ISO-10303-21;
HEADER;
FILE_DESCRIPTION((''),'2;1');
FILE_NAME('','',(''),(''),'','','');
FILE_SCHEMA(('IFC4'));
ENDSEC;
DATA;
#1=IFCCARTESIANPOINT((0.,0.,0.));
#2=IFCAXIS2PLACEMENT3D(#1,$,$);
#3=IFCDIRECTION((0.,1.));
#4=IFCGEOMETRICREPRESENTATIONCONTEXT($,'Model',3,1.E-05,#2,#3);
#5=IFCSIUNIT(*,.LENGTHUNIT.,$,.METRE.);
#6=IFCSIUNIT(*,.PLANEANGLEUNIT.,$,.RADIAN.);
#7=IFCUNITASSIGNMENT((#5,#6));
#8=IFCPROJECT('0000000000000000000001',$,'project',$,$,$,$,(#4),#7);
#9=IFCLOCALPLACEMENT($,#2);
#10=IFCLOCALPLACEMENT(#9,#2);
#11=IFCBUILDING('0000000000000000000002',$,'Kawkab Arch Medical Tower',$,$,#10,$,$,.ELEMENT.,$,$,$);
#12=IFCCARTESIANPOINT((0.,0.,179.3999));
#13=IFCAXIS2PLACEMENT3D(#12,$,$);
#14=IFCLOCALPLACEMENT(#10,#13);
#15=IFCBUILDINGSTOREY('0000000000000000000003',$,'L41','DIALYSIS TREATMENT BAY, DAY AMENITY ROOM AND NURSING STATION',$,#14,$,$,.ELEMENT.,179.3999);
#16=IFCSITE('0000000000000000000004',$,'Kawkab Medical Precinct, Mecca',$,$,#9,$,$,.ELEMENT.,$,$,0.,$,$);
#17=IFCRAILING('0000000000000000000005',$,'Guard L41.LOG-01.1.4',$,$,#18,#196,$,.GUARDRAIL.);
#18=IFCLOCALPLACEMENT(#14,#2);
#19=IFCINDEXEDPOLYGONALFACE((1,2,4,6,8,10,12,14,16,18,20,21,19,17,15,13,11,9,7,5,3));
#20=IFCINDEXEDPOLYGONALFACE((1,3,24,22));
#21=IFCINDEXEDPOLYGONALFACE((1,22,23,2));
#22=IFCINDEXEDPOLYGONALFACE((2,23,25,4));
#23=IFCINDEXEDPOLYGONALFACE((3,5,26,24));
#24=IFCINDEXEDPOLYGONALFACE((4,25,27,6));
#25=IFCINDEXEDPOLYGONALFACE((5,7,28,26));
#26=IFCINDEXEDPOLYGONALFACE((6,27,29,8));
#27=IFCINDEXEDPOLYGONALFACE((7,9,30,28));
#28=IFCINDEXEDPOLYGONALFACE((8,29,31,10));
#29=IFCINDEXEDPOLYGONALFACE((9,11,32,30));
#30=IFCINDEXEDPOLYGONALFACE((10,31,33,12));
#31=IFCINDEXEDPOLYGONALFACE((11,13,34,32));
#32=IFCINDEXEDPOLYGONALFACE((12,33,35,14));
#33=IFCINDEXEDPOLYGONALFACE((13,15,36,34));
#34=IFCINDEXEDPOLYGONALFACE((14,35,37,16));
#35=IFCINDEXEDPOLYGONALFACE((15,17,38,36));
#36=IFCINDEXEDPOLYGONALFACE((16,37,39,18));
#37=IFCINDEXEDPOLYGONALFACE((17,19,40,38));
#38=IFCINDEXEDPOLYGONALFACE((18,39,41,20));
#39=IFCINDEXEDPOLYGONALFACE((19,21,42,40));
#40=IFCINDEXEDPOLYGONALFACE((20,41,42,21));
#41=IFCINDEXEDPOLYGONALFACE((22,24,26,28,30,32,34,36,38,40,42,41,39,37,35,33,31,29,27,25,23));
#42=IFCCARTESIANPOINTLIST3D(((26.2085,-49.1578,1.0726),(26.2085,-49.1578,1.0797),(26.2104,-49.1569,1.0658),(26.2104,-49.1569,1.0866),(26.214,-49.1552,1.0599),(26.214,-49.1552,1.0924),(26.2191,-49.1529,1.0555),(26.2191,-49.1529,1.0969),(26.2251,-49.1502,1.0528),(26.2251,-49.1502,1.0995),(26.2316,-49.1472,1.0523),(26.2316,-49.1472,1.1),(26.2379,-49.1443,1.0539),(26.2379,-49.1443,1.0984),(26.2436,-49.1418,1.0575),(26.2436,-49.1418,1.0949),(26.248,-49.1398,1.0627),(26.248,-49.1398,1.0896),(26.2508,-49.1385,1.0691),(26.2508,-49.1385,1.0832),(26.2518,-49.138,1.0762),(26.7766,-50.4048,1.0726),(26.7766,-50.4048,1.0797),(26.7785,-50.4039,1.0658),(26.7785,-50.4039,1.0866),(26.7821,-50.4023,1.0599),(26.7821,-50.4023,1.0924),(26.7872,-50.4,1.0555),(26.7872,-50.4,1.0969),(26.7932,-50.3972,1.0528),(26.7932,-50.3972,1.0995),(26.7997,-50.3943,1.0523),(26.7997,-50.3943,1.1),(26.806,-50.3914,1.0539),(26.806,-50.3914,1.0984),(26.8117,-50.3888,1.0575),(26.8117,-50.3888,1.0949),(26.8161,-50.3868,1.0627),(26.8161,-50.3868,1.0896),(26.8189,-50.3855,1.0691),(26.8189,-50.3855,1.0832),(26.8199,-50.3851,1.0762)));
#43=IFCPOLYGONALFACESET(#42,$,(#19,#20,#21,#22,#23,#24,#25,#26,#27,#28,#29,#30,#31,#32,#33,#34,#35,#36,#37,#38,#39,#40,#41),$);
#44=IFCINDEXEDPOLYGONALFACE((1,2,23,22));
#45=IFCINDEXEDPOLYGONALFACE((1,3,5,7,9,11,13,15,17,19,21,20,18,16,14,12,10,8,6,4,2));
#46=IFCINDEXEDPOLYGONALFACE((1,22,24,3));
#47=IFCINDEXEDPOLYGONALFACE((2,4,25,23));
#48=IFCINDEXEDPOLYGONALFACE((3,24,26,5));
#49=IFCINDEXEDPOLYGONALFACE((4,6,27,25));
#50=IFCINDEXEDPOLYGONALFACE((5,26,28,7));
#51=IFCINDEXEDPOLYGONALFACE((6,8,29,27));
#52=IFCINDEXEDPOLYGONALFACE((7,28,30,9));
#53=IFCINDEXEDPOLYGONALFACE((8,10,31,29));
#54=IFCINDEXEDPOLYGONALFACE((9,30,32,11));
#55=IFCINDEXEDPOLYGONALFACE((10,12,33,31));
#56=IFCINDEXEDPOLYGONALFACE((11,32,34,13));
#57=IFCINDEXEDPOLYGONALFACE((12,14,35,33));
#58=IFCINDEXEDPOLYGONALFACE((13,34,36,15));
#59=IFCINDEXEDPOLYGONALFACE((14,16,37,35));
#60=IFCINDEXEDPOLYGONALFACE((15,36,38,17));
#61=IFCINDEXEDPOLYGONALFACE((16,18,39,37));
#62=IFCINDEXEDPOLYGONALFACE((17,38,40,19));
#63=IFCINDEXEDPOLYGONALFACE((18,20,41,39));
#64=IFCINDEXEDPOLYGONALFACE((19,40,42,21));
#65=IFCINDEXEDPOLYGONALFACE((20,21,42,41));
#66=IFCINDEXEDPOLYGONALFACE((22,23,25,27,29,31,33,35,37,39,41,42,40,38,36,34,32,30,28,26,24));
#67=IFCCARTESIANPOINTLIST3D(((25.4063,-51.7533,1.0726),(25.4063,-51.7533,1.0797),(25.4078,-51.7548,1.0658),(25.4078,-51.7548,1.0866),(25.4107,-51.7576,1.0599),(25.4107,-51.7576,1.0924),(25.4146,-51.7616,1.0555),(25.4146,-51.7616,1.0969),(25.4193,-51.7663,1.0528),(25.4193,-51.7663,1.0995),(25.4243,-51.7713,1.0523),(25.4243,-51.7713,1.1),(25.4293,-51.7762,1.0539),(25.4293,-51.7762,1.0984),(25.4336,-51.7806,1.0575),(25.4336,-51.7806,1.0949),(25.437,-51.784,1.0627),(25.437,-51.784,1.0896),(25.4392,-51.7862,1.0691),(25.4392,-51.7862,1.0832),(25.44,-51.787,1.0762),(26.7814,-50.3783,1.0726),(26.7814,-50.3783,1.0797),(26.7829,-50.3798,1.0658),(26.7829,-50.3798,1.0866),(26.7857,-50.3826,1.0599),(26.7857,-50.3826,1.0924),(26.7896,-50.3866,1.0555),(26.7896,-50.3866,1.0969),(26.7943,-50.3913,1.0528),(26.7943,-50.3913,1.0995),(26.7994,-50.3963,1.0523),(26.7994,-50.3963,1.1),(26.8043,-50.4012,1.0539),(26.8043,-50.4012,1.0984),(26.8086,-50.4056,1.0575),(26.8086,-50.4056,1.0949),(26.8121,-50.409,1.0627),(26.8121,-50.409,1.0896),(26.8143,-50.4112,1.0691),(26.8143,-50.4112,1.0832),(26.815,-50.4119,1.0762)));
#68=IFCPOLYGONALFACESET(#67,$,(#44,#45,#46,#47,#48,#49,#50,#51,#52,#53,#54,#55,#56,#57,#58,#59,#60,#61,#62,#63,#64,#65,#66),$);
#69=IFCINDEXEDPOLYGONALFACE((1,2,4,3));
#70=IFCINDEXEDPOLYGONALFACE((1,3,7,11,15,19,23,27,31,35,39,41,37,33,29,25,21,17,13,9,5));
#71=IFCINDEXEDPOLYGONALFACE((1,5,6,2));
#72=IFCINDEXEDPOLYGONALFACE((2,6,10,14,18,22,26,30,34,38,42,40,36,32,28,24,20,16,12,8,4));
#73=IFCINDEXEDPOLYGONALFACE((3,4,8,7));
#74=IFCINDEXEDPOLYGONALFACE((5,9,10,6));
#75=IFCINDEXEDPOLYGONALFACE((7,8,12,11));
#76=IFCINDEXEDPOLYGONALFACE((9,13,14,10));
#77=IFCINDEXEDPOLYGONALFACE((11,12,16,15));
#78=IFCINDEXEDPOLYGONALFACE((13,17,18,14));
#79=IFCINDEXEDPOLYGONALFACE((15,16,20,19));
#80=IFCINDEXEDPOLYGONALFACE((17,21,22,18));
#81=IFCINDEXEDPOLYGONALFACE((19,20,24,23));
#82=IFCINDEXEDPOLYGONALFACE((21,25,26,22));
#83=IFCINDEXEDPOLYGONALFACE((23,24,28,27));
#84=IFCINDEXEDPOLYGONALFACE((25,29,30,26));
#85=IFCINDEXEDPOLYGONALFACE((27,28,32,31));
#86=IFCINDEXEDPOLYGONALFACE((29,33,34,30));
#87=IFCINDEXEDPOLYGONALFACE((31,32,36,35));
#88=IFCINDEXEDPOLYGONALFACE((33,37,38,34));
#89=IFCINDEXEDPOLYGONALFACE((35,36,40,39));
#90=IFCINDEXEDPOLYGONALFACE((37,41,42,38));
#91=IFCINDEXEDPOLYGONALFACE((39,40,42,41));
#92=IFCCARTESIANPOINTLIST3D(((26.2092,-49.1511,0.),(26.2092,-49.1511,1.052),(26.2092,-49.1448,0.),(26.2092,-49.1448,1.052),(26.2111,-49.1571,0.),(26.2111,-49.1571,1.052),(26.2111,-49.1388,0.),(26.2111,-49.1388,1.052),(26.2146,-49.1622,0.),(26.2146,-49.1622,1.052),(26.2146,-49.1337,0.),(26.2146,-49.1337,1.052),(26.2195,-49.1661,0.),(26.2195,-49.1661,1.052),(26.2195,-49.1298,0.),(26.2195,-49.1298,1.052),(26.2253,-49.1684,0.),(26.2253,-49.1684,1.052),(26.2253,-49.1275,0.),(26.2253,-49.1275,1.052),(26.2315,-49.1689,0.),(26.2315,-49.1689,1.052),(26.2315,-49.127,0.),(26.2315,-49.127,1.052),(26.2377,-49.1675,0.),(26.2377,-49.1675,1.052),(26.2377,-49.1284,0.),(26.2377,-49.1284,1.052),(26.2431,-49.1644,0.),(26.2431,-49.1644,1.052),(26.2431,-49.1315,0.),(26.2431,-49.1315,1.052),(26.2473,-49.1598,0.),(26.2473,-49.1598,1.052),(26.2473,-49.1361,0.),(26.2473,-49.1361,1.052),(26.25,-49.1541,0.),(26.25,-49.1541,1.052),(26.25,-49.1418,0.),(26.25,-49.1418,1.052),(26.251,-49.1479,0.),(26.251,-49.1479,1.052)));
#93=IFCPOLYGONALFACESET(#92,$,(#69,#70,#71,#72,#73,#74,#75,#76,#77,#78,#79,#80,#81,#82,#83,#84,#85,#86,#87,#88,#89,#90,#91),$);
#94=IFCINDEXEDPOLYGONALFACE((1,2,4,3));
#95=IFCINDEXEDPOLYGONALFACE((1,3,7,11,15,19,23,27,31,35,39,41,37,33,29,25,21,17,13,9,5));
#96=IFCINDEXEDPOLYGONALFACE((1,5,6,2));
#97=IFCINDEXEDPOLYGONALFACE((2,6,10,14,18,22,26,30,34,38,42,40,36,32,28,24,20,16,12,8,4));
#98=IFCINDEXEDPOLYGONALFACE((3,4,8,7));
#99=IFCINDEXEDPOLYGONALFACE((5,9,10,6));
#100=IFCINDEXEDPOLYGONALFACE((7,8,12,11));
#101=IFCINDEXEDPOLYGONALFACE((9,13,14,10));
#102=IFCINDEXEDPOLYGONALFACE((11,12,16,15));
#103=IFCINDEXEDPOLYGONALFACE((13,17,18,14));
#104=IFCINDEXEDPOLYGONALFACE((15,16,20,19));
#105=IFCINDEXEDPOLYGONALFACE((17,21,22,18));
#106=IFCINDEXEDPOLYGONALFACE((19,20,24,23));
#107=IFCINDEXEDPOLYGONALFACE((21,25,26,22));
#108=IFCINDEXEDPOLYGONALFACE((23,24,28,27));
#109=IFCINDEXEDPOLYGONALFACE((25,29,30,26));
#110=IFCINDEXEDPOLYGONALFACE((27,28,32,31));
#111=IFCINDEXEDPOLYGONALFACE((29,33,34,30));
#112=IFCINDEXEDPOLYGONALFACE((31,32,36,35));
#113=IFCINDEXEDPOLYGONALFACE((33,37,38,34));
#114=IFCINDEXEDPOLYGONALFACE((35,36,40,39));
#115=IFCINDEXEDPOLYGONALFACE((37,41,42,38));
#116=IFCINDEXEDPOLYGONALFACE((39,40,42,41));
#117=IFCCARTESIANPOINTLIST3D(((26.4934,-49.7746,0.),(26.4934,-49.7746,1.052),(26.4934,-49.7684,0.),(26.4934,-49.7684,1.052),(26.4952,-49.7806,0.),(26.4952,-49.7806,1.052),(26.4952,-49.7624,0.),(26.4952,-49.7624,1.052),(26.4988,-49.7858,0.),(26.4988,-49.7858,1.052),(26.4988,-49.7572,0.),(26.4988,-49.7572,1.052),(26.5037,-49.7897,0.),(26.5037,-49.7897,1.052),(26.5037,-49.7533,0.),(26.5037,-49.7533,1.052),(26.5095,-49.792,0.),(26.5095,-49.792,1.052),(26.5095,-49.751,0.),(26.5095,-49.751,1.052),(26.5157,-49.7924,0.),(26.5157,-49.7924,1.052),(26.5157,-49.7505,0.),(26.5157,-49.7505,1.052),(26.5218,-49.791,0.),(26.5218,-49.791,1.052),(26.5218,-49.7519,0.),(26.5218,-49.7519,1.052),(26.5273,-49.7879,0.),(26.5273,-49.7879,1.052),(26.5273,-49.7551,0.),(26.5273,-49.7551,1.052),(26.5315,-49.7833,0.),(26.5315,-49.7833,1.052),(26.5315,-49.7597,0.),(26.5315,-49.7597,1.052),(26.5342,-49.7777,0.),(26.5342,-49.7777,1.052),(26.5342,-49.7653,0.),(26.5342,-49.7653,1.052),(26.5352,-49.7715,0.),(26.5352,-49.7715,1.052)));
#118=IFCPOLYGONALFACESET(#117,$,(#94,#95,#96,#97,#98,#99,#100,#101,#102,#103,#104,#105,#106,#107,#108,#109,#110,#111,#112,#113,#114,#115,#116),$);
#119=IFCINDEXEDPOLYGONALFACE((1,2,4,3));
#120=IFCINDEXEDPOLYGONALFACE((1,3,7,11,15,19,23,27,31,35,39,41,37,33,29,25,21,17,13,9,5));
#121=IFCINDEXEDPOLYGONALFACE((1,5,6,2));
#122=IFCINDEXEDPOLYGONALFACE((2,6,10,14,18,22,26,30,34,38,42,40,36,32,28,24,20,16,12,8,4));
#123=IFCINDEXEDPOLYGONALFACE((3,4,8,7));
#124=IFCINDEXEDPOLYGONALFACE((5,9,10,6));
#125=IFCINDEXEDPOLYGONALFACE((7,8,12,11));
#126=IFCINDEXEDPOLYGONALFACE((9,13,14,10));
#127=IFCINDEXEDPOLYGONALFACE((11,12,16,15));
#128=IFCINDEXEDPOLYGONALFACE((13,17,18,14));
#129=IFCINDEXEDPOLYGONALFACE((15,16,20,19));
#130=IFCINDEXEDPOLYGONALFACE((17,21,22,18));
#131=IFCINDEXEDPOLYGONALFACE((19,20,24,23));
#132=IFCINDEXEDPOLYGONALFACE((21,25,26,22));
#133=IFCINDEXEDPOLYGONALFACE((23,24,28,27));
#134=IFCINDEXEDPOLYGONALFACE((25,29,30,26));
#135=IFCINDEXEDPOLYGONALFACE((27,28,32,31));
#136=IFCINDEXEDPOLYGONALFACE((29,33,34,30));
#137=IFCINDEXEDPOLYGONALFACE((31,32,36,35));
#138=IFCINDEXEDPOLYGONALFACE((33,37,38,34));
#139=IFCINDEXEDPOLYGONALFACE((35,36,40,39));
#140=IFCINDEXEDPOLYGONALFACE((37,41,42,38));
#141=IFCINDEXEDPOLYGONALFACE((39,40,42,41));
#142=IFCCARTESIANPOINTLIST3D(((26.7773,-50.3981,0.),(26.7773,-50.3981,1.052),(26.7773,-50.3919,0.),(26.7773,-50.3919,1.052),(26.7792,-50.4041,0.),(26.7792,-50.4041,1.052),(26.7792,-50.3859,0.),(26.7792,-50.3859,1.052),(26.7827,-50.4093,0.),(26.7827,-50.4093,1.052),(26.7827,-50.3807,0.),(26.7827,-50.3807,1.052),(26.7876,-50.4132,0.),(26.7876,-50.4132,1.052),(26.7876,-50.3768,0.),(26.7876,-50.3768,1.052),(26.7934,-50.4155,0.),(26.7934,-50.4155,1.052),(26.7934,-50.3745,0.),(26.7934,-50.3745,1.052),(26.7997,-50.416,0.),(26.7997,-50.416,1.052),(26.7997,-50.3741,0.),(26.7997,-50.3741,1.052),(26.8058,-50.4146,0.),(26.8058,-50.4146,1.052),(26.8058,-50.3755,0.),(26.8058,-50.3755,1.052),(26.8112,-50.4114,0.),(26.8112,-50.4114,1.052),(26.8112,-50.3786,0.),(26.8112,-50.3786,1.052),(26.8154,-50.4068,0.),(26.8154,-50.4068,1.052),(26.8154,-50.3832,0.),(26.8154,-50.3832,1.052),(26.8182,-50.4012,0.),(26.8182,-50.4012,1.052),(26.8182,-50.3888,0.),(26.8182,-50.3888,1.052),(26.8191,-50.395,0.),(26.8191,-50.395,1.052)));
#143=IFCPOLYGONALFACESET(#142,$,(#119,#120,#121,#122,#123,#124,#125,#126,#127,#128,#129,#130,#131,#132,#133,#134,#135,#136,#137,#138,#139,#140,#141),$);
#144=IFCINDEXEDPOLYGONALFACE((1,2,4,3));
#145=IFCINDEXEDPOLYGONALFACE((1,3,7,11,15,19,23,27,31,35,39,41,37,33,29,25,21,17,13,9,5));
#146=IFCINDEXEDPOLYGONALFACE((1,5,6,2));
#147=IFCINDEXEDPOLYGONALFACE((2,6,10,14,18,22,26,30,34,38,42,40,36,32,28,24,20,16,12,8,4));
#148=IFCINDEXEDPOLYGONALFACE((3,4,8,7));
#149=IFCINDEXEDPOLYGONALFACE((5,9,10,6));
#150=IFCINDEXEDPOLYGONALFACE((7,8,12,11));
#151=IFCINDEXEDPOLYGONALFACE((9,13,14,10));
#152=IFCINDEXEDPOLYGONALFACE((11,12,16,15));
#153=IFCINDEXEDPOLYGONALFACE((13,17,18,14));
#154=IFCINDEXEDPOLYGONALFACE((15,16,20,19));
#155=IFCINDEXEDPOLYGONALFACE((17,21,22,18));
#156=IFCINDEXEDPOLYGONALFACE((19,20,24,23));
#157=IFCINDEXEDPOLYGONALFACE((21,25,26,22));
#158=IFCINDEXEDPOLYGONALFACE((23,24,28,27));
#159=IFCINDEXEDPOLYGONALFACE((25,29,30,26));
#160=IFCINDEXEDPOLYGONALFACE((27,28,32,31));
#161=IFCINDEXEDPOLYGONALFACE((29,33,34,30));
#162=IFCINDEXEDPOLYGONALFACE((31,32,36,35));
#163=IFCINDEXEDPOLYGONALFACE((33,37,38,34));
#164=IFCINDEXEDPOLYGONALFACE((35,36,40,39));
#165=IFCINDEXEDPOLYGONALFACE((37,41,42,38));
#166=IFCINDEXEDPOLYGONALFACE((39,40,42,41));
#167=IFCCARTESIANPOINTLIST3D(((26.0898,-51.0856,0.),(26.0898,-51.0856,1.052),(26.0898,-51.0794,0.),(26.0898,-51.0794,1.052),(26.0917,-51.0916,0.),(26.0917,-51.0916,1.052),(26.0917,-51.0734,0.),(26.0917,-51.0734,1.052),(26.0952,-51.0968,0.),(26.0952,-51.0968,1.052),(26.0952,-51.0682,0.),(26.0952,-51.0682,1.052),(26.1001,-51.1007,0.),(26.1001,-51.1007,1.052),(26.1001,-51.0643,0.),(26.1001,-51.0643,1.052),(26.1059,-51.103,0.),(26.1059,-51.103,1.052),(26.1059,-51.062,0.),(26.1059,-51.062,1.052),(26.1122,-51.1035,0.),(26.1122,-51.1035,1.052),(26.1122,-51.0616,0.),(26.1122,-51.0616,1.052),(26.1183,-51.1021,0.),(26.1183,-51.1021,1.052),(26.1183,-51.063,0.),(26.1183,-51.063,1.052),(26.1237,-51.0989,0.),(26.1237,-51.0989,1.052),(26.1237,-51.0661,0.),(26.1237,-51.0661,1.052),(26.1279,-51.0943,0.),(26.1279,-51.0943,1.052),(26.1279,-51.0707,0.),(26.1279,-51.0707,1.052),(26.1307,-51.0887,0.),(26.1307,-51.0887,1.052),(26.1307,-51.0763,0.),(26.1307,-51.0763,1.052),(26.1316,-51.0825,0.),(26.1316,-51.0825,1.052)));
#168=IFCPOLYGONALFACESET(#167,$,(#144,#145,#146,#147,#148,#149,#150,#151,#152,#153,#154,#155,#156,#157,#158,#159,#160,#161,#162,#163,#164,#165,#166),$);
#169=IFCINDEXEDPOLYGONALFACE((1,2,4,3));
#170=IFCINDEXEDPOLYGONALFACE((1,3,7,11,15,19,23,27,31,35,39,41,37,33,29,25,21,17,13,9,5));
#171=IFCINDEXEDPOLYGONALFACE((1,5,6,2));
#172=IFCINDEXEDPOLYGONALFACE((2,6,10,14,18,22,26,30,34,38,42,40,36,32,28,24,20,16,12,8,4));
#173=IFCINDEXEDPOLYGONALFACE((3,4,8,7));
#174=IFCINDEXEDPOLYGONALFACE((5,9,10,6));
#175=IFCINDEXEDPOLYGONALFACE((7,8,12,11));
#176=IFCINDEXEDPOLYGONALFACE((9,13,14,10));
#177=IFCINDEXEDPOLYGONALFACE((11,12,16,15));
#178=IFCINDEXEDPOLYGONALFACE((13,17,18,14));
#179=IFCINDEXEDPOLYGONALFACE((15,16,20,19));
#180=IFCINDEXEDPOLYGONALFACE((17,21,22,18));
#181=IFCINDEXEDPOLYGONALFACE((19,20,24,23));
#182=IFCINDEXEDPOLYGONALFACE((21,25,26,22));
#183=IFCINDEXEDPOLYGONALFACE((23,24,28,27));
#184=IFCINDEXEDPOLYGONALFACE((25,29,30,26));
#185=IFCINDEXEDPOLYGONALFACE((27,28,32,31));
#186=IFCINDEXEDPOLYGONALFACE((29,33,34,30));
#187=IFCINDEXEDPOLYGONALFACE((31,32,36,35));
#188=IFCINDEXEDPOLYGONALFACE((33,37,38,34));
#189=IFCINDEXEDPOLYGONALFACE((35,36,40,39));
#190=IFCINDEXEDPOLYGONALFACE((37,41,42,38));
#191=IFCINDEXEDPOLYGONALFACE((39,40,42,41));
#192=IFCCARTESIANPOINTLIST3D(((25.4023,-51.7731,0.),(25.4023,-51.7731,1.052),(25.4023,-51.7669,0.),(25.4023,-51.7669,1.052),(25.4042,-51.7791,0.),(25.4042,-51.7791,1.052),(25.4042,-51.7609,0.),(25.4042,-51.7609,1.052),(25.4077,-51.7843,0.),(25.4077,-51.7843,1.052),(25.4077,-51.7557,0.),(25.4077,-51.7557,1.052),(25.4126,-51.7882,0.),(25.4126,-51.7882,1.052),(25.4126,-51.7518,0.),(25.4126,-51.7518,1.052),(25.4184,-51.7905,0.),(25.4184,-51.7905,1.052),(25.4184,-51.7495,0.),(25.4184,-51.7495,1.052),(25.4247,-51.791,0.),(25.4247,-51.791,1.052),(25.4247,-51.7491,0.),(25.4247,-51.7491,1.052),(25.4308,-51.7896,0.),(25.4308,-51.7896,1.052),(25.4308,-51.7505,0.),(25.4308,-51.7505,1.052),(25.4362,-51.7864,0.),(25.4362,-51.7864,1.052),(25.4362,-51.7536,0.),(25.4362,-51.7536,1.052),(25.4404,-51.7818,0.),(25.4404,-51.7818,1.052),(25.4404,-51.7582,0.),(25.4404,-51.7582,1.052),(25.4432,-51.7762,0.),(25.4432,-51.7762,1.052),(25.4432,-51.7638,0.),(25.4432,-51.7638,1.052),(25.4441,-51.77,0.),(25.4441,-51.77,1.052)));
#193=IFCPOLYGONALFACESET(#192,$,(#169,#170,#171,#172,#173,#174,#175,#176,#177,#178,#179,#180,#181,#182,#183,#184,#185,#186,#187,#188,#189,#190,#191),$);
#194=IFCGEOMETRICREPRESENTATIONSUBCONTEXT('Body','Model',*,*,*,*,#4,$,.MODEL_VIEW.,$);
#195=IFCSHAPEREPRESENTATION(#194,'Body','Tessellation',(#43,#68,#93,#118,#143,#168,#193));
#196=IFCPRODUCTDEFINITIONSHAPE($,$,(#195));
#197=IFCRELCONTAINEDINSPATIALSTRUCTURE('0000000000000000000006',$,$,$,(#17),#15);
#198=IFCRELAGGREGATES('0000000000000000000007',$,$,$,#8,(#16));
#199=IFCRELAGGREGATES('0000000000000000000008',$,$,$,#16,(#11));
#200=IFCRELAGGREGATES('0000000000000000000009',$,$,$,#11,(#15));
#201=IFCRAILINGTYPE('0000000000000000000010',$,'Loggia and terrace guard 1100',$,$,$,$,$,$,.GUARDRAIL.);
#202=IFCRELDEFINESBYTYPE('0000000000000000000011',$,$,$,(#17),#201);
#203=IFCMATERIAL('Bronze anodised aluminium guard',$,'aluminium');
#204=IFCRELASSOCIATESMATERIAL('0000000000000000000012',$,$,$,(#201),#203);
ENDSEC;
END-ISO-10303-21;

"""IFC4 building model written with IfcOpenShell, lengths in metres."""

from ifc_helpers import new_model, si_unit, direction, frame, origin, origin_2d, place, context, subcontext, project, spatial, circle, extrude, material, type_object, element, save


model = new_model("IFC4")

# Units and contexts
model_context = context("Model", 3, precision=1e-05, world=origin(), true_north=direction((0.0, 1.0)))
body_context = subcontext(model_context, "Body", "Model", "MODEL_VIEW")
ifc_project = project(units=[si_unit("LENGTHUNIT", "METRE"), si_unit("PLANEANGLEUNIT", "RADIAN")], contexts=[model_context])

# Site, building, storey
site_placement = place(None, origin())
site = spatial("IfcSite", under=ifc_project, at=site_placement, Name="Kawkab Medical Precinct, Mecca", CompositionType="ELEMENT", RefElevation=0.0)
building_placement = place(site_placement, origin())
building = spatial("IfcBuilding", under=site, at=building_placement, Name="Kawkab Arch Medical Tower", CompositionType="ELEMENT")
storey_placement = place(building_placement, frame((0.0, 0.0, 179.3999)))
storey = spatial("IfcBuildingStorey", under=building, at=storey_placement, Name="L41", Description="DIALYSIS TREATMENT BAY, DAY AMENITY ROOM AND NURSING STATION", CompositionType="ELEMENT", Elevation=179.3999)

# Railing
ifc_material_1 = material(Name="Bronze anodised aluminium guard", Category="aluminium")
railing_type_1 = type_object("IfcRailingType", Name="Loggia and terrace guard 1100", PredefinedType="GUARDRAIL", material=ifc_material_1)
railing_1_placement = place(storey_placement, frame((26.23, -49.1479, 0.0)))
element("IfcRailing", 1, at=railing_1_placement, inside=storey, type_object=railing_type_1, Name="Guard L41.LOG-01.1.4", PredefinedType="GUARDRAIL", context=body_context, shape_type="SweptSolid", body=[
    extrude(circle(Radius=0.0239, at=origin_2d()), frame((0.0, 0.0, 1.0762), z_axis=(0.414568, -0.910018, 0.0), x_axis=(0.910018, 0.414568, 0.0)), (0.0, 0.0, 1.0), 1.3704),
    extrude(circle(Radius=0.0239, at=origin_2d()), frame((0.5681, -1.2471, 1.0762), z_axis=(-0.707107, -0.707107, 0.0), x_axis=(0.707107, -0.707107, 0.0)), (0.0, 0.0, 1.0), 1.9446),
    extrude(circle(Radius=0.021, at=origin_2d()), origin(), (0.0, 0.0, 1.0), 1.052),
    extrude(circle(Radius=0.021, at=origin_2d()), frame((0.2842, -0.6235, 0.0)), (0.0, 0.0, 1.0), 1.052),
    extrude(circle(Radius=0.021, at=origin_2d()), frame((0.5681, -1.2471, 0.0)), (0.0, 0.0, 1.0), 1.052),
    extrude(circle(Radius=0.021, at=origin_2d()), frame((-0.1194, -1.9346, 0.0)), (0.0, 0.0, 1.0), 1.052),
    extrude(circle(Radius=0.021, at=origin_2d()), frame((-0.8069, -2.6221, 0.0)), (0.0, 0.0, 1.0), 1.052),
])

save(model, "model.ifc")
